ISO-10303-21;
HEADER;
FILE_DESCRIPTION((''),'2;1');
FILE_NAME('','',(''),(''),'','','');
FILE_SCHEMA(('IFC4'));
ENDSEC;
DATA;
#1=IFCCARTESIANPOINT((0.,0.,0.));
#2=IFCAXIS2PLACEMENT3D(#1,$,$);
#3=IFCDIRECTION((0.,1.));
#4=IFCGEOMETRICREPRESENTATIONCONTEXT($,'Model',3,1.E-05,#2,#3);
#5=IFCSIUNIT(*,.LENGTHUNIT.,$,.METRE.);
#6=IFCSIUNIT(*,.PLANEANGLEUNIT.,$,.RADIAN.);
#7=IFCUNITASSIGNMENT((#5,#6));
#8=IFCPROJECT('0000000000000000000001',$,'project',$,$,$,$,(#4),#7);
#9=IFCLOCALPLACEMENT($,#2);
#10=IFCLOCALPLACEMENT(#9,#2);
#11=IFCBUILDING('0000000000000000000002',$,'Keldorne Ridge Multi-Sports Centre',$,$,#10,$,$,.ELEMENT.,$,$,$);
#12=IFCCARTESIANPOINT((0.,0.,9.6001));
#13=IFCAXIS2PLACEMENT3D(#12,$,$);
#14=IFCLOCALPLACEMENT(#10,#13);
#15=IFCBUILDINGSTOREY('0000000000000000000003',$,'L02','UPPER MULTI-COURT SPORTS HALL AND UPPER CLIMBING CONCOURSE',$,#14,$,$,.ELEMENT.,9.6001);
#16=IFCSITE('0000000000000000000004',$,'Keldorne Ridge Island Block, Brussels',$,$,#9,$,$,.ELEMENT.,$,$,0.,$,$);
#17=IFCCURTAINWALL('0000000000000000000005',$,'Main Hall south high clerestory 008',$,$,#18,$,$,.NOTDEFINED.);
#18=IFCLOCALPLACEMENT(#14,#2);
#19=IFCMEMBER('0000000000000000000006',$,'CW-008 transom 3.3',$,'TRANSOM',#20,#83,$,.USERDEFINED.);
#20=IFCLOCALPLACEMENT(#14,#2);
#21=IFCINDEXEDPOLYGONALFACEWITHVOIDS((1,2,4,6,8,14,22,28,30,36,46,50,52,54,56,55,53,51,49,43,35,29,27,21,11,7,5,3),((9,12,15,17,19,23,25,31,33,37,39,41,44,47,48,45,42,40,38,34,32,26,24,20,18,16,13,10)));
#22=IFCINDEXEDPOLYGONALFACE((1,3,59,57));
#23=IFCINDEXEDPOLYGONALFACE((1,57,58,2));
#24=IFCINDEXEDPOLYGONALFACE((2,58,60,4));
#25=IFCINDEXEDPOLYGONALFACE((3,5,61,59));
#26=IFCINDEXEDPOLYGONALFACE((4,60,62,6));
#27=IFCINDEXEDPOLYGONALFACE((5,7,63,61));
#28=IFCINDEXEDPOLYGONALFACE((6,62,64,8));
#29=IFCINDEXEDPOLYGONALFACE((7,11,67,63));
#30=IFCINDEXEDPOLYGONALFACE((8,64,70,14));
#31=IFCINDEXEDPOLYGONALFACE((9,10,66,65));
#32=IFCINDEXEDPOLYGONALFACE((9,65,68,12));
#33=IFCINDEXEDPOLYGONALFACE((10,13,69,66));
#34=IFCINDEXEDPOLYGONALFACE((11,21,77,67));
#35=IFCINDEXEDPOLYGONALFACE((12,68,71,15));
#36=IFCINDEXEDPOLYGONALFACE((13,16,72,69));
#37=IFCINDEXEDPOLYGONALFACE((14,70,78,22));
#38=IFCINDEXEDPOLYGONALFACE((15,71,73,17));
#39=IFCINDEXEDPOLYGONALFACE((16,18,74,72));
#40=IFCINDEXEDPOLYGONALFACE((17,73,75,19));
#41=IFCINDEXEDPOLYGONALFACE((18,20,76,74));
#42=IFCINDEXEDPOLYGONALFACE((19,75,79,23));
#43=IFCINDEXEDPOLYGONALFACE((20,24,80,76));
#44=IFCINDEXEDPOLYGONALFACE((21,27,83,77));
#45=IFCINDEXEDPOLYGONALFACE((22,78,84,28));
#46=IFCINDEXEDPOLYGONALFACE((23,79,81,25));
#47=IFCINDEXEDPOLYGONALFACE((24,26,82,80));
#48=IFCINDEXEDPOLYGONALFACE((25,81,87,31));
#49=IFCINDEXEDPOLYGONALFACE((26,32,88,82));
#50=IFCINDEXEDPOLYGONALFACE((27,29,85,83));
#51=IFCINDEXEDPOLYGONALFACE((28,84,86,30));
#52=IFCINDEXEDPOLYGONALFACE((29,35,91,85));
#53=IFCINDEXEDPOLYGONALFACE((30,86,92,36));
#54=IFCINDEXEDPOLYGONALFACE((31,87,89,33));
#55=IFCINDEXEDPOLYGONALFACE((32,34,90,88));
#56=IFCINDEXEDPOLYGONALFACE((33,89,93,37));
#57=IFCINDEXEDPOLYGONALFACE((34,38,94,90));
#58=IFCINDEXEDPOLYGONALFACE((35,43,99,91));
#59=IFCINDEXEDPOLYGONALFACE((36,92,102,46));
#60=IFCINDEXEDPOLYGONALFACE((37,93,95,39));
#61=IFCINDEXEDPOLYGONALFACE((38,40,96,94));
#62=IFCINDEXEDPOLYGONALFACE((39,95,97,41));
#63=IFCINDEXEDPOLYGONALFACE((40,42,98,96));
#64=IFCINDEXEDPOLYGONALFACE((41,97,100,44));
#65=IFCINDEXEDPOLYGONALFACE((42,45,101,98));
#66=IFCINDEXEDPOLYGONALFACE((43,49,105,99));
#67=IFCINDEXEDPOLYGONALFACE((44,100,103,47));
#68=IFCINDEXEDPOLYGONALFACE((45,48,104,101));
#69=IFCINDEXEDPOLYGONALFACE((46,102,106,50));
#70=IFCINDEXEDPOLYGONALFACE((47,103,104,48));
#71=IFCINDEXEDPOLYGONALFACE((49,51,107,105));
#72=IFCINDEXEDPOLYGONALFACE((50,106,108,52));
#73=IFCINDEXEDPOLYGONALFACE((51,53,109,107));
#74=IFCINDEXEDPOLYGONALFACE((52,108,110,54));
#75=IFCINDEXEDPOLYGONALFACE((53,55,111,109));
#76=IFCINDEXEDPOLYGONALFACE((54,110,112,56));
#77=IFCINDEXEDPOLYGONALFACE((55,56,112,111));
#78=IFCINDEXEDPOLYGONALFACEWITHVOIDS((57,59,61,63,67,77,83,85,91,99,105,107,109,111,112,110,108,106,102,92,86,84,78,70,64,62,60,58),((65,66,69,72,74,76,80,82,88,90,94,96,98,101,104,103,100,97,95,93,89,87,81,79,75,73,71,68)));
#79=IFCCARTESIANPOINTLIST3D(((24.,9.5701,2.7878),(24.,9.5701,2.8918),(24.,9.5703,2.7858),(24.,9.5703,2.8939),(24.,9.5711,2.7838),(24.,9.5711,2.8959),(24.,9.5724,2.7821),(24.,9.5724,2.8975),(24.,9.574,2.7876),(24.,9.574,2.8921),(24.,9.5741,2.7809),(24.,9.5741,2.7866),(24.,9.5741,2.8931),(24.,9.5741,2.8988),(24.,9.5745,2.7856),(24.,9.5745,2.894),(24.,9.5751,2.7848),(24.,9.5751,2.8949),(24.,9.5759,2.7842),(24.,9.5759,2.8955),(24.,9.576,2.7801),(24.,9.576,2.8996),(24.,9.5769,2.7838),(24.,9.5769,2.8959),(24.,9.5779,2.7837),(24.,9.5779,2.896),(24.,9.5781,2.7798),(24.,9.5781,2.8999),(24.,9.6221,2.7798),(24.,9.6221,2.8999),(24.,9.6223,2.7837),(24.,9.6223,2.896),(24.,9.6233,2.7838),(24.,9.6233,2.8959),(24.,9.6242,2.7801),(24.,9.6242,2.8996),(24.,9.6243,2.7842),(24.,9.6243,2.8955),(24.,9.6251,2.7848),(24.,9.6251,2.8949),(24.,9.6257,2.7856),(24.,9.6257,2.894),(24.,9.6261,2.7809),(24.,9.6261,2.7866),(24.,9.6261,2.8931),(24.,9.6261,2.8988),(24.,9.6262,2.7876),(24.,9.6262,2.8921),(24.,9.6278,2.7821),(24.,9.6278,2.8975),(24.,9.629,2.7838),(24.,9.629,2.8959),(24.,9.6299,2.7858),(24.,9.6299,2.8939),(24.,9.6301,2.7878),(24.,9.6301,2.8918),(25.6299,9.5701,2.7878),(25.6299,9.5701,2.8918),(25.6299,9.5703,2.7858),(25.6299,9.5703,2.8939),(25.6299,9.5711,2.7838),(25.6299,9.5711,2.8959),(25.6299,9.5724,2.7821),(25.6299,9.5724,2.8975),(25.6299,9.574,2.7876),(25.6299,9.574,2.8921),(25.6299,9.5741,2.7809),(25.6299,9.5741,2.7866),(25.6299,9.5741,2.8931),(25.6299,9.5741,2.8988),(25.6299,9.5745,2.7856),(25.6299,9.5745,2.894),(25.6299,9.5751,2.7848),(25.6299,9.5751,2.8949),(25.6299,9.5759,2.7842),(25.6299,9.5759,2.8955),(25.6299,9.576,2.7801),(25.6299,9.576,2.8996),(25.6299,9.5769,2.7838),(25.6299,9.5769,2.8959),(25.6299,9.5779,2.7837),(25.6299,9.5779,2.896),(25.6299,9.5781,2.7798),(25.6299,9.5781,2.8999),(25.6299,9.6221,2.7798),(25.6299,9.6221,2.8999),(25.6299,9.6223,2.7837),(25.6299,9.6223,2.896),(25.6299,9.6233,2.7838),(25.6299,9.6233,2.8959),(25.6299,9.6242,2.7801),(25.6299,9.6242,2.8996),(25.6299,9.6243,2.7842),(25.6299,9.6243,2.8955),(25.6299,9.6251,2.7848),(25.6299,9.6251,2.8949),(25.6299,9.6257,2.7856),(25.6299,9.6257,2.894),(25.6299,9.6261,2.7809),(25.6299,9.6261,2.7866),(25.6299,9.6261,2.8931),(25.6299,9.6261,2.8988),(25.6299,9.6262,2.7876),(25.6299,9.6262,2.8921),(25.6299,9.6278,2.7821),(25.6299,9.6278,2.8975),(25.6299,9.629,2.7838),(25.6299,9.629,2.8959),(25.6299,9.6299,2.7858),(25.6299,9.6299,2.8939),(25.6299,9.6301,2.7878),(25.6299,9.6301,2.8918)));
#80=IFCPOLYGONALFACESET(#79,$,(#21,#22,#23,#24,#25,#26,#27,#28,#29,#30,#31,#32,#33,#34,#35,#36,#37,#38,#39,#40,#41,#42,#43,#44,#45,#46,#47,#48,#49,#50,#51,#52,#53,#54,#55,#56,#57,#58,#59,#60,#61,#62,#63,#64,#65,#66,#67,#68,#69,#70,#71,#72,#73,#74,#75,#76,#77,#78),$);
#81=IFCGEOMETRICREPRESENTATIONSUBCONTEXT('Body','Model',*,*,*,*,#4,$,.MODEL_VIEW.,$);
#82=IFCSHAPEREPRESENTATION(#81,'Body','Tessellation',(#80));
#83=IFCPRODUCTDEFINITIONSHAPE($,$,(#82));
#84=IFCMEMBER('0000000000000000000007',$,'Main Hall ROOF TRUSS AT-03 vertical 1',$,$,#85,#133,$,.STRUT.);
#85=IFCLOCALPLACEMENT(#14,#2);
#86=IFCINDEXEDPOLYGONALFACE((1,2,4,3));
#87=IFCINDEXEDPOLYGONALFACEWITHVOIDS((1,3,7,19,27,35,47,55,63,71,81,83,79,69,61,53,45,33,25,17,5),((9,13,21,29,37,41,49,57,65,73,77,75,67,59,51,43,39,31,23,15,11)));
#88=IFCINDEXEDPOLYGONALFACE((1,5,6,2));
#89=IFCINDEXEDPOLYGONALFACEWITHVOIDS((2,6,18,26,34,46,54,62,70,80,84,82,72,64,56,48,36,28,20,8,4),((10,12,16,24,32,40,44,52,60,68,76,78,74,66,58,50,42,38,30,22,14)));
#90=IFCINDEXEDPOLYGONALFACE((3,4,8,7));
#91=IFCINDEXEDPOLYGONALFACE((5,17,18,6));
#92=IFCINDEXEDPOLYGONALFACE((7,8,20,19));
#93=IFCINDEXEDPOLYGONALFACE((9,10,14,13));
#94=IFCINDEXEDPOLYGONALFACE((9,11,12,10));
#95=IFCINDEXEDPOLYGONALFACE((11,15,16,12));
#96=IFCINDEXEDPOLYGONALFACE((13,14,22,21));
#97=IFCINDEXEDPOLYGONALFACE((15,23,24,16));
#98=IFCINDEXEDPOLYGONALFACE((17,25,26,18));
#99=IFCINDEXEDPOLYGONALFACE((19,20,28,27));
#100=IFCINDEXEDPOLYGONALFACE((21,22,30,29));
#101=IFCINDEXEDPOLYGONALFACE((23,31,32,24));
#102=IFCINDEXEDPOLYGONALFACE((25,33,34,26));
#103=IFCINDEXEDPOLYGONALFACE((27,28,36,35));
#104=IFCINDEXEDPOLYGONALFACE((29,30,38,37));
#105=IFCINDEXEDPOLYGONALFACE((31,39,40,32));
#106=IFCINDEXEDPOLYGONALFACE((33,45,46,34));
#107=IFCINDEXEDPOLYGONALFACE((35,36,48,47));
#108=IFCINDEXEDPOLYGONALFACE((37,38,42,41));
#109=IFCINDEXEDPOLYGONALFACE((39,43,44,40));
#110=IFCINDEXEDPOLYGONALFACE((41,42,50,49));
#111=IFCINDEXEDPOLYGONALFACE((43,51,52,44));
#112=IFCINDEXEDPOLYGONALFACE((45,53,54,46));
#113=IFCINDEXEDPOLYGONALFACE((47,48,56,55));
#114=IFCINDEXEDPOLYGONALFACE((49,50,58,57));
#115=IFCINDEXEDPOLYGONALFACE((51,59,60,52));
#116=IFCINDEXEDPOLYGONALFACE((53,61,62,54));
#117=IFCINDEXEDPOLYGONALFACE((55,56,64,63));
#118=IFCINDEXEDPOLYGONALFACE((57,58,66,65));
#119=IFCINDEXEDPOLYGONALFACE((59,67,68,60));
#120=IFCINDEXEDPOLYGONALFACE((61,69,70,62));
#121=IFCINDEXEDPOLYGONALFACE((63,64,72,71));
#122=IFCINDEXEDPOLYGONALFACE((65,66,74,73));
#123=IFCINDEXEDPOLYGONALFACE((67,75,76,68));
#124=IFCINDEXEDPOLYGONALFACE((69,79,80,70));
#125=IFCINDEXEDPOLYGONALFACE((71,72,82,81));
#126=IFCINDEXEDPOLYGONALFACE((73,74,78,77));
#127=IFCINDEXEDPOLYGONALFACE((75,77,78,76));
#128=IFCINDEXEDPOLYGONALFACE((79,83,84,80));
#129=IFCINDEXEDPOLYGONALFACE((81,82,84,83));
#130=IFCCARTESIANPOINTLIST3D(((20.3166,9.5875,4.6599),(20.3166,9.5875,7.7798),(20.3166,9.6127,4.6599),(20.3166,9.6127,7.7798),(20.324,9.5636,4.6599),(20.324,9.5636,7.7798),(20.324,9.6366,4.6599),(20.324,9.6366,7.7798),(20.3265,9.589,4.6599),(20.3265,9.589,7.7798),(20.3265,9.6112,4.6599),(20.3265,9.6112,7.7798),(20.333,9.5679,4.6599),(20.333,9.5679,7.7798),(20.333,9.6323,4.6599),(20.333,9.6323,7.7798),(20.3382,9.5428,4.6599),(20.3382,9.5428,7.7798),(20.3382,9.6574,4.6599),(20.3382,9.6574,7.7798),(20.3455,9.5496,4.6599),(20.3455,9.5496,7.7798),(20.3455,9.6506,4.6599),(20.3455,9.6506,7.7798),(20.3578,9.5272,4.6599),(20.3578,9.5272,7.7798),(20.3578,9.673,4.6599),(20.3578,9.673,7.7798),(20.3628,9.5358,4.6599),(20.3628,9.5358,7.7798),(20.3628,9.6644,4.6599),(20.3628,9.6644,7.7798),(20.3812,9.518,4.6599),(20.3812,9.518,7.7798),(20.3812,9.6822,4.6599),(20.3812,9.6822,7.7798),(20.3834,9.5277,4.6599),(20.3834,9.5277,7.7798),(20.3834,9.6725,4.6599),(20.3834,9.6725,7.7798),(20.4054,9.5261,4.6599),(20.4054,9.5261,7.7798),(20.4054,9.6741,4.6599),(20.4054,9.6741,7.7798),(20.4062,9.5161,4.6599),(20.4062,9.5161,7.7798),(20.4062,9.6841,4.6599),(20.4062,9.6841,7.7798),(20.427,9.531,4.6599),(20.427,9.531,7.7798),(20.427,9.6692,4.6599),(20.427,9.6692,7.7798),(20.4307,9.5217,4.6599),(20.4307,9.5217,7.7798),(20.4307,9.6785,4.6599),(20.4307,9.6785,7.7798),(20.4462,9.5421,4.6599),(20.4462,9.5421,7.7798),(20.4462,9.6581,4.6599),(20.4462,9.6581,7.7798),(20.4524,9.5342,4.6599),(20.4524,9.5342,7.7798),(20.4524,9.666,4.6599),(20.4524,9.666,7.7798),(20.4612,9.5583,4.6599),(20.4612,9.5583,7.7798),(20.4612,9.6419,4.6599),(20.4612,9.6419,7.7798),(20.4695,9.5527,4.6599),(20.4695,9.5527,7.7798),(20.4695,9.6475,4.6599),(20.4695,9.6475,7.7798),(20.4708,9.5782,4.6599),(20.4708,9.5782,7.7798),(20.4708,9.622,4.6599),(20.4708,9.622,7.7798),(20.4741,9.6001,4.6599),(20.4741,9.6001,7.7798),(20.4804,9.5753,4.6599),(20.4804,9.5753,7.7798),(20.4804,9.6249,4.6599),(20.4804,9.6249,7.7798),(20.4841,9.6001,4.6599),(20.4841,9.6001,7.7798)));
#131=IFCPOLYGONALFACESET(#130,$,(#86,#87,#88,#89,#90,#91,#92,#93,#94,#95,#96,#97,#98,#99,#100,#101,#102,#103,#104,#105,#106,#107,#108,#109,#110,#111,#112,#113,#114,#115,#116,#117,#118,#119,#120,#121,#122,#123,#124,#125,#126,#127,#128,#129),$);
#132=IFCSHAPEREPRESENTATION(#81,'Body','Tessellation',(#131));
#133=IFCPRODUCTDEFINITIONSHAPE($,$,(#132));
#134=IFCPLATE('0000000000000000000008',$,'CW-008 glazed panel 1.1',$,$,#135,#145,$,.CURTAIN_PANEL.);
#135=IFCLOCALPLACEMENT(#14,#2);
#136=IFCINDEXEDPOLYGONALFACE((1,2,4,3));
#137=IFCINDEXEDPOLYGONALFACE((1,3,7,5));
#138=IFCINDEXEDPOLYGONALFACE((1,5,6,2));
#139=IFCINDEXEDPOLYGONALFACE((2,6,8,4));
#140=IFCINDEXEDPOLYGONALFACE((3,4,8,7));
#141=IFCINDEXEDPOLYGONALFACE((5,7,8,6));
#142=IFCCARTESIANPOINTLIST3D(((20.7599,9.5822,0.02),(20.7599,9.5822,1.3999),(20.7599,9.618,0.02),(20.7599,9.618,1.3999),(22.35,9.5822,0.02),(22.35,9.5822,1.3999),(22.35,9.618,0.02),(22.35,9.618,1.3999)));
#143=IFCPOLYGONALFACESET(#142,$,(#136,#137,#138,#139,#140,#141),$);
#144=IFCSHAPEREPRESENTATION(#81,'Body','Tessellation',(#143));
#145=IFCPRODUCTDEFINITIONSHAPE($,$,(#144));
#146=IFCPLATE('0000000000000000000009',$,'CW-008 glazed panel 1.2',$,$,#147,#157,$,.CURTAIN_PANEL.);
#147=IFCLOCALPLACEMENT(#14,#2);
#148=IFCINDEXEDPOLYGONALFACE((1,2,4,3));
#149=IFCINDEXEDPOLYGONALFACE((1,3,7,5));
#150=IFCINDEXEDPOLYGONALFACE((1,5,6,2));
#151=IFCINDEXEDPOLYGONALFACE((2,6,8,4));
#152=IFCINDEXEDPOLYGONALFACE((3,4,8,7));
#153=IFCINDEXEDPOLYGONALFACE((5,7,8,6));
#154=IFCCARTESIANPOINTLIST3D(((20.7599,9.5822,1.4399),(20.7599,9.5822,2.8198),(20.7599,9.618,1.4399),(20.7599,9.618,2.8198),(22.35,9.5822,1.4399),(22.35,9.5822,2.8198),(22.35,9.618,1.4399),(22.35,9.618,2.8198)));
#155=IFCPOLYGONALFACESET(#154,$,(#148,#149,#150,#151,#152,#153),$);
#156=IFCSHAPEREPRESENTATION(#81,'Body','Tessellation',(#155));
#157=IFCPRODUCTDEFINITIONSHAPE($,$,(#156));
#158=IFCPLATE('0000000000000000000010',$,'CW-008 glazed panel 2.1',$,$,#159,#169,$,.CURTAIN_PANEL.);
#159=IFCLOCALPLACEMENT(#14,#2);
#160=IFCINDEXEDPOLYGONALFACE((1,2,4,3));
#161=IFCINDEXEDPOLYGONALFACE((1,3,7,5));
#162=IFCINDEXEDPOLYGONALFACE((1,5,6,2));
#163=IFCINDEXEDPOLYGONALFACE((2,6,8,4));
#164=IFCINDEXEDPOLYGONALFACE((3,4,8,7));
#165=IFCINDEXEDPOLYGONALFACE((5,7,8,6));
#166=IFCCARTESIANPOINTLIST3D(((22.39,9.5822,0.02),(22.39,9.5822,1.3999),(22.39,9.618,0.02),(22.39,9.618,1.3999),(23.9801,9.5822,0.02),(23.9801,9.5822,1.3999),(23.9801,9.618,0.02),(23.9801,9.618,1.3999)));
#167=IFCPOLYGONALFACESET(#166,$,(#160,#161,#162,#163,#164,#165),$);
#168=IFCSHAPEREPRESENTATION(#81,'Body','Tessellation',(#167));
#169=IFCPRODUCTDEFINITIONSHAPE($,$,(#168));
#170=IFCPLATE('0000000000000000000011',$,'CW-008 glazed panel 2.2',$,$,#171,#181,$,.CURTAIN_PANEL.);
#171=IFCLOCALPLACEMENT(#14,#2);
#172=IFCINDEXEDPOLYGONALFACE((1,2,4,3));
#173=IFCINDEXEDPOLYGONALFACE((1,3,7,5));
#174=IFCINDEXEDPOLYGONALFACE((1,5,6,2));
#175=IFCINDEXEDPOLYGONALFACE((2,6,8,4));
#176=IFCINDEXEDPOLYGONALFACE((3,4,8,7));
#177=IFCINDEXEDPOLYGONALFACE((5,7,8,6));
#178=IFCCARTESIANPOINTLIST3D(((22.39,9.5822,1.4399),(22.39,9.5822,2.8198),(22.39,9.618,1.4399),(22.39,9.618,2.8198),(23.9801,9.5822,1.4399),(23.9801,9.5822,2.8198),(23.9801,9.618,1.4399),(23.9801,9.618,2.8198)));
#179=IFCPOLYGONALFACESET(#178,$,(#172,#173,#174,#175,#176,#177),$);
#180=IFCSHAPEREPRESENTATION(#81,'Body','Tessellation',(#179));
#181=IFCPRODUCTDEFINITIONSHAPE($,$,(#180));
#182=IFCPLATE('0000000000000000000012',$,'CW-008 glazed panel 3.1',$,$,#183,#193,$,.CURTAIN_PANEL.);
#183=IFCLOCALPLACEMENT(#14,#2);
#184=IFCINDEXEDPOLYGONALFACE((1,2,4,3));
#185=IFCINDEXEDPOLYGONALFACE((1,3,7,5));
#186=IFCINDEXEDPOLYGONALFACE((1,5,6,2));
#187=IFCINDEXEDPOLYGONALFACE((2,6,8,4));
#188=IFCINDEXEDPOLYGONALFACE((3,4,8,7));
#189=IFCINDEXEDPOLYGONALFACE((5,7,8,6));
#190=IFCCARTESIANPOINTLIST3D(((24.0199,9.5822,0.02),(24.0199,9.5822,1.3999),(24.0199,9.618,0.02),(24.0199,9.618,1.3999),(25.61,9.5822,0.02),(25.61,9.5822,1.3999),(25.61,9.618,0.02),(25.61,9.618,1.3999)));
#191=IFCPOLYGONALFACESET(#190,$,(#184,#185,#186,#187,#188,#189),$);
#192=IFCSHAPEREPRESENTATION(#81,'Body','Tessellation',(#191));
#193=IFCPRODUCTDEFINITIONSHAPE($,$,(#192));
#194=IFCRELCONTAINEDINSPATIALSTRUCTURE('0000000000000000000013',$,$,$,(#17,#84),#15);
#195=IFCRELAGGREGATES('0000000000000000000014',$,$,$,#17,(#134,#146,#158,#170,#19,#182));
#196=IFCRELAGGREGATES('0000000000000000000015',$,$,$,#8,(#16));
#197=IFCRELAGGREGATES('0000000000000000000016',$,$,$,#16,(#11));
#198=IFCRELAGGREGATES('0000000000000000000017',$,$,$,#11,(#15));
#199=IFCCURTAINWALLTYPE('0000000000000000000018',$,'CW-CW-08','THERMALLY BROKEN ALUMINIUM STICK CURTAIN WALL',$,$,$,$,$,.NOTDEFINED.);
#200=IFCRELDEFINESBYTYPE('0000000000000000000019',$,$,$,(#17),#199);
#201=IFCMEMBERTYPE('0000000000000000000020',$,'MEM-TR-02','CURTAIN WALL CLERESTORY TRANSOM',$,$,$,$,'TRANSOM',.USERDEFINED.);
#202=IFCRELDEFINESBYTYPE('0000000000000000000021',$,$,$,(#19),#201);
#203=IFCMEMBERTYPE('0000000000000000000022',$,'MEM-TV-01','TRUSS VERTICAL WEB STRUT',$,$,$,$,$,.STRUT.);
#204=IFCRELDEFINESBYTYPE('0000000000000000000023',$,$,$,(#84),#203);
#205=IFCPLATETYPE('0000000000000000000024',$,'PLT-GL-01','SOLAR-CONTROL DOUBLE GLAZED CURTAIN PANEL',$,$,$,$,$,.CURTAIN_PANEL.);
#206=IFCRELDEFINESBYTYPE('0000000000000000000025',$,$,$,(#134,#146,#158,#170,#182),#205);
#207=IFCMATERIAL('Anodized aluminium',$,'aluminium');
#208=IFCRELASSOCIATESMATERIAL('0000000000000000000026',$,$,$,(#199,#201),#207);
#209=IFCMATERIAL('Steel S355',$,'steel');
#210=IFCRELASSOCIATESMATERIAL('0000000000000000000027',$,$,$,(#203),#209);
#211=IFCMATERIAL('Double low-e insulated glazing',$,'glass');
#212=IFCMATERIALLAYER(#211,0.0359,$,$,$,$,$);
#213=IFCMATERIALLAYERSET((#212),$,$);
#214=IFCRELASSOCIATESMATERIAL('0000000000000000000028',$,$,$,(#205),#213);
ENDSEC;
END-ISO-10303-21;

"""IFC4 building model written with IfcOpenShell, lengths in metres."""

from ifc_helpers import new_model, si_unit, direction, frame, origin, origin_2d, place, context, subcontext, project, spatial, rectangle, hollow_rectangle, hollow_circle, extrude, material, layer, layer_set, material_profile, profile_set, type_object, element, aggregate, save


model = new_model("IFC4")

# Units and contexts
model_context = context("Model", 3, precision=1e-05, world=origin(), true_north=direction((0.0, 1.0)))
body_context = subcontext(model_context, "Body", "Model", "MODEL_VIEW")
ifc_project = project(units=[si_unit("LENGTHUNIT", "METRE"), si_unit("PLANEANGLEUNIT", "RADIAN")], contexts=[model_context])

# Site, building, storey
site_placement = place(None, origin())
site = spatial("IfcSite", under=ifc_project, at=site_placement, Name="Keldorne Ridge Island Block, Brussels", CompositionType="ELEMENT", RefElevation=0.0)
building_placement = place(site_placement, origin())
building = spatial("IfcBuilding", under=site, at=building_placement, Name="Keldorne Ridge Multi-Sports Centre", CompositionType="ELEMENT")
storey_placement = place(building_placement, frame((0.0, 0.0, 9.6001)))
storey = spatial("IfcBuildingStorey", under=building, at=storey_placement, Name="L02", Description="UPPER MULTI-COURT SPORTS HALL AND UPPER CLIMBING CONCOURSE", CompositionType="ELEMENT", Elevation=9.6001)

# Shared definitions
ifc_material_1 = material(Name="Steel S355", Category="steel")

# Curtain wall
ifc_material_2 = material(Name="Anodized aluminium", Category="aluminium")
curtain_wall_type = type_object("IfcCurtainWallType", Name="CW-CW-08", Description="THERMALLY BROKEN ALUMINIUM STICK CURTAIN WALL", PredefinedType="NOTDEFINED", material=ifc_material_2)
curtain_wall_placement = place(storey_placement, origin())
curtain_wall = element("IfcCurtainWall", 1, at=curtain_wall_placement, inside=storey, type_object=curtain_wall_type, Name="Main Hall south high clerestory 008", PredefinedType="NOTDEFINED")

# Members
ifc_material_profile_1 = material_profile(ifc_material_2, hollow_rectangle(XDim=0.0601, YDim=0.1201, WallThickness=0.0039, InnerFilletRadius=0.0039, OuterFilletRadius=0.0081, at=origin_2d()), Name="ALU TRANSOM 120x60x4")
ifc_profile_set_1 = profile_set([ifc_material_profile_1], Name="Anodized aluminium")
member_type_1 = type_object("IfcMemberType", Name="MEM-TR-02", Description="CURTAIN WALL CLERESTORY TRANSOM", ElementType="TRANSOM", PredefinedType="USERDEFINED", material=ifc_profile_set_1)
member_1_placement = place(storey_placement, frame((24.0, 9.6001, 2.8398), z_axis=(1.0, 0.0, 0.0), x_axis=(0.0, 1.0, 0.0)))
member_1 = element("IfcMember", 2, at=member_1_placement, type_object=member_type_1, Name="CW-008 transom 3.3", ObjectType="TRANSOM", PredefinedType="USERDEFINED", context=body_context, shape_type="SweptSolid", body=[
    extrude(hollow_rectangle(XDim=0.0601, YDim=0.1201, WallThickness=0.0039, InnerFilletRadius=0.0039, OuterFilletRadius=0.0081, at=origin_2d()), origin(), (0.0, 0.0, 1.0), 1.6299),
])
ifc_material_profile_2 = material_profile(ifc_material_1, hollow_circle(Radius=0.0842, WallThickness=0.01, at=origin_2d()), Name="CHS 168.3x10")
ifc_profile_set_2 = profile_set([ifc_material_profile_2], Name="Steel S355")
member_type_2 = type_object("IfcMemberType", Name="MEM-TV-01", Description="TRUSS VERTICAL WEB STRUT", PredefinedType="STRUT", material=ifc_profile_set_2)
member_2_placement = place(storey_placement, frame((20.3999, 9.6001, 4.6599), z_axis=(0.0, 0.0, 1.0), x_axis=(1.0, 0.0, 0.0)))
element("IfcMember", 3, at=member_2_placement, inside=storey, type_object=member_type_2, Name="Main Hall ROOF TRUSS AT-03 vertical 1", PredefinedType="STRUT", context=body_context, shape_type="SweptSolid", body=[
    extrude(hollow_circle(Radius=0.0842, WallThickness=0.01, at=origin_2d()), origin(), (0.0, 0.0, 1.0), 3.1199),
])

# Plates
ifc_material_3 = material(Name="Double low-e insulated glazing", Category="glass")
ifc_layer_1 = layer(ifc_material_3, 0.0359)
ifc_layer_set_1 = layer_set([ifc_layer_1])
plate_type_1 = type_object("IfcPlateType", Name="PLT-GL-01", Description="SOLAR-CONTROL DOUBLE GLAZED CURTAIN PANEL", PredefinedType="CURTAIN_PANEL", material=ifc_layer_set_1)
plate_1_placement = place(storey_placement, frame((21.5549, 9.6001, 0.02), z_axis=(0.0, 0.0, 1.0), x_axis=(1.0, 0.0, 0.0)))
plate_1 = element("IfcPlate", 4, at=plate_1_placement, type_object=plate_type_1, Name="CW-008 glazed panel 1.1", PredefinedType="CURTAIN_PANEL", context=body_context, shape_type="SweptSolid", body=[
    extrude(rectangle(XDim=1.5901, YDim=0.0359, at=origin_2d()), origin(), (0.0, 0.0, 1.0), 1.3799),
])
plate_2_placement = place(storey_placement, frame((21.5549, 9.6001, 1.4399), z_axis=(0.0, 0.0, 1.0), x_axis=(1.0, 0.0, 0.0)))
plate_2 = element("IfcPlate", 5, at=plate_2_placement, type_object=plate_type_1, Name="CW-008 glazed panel 1.2", PredefinedType="CURTAIN_PANEL", context=body_context, shape_type="SweptSolid", body=[
    extrude(rectangle(XDim=1.5901, YDim=0.0359, at=origin_2d()), origin(), (0.0, 0.0, 1.0), 1.3799),
])
plate_3_placement = place(storey_placement, frame((23.1851, 9.6001, 0.02), z_axis=(0.0, 0.0, 1.0), x_axis=(1.0, 0.0, 0.0)))
plate_3 = element("IfcPlate", 6, at=plate_3_placement, type_object=plate_type_1, Name="CW-008 glazed panel 2.1", PredefinedType="CURTAIN_PANEL", context=body_context, shape_type="SweptSolid", body=[
    extrude(rectangle(XDim=1.5901, YDim=0.0359, at=origin_2d()), origin(), (0.0, 0.0, 1.0), 1.3799),
])
plate_4_placement = place(storey_placement, frame((23.1851, 9.6001, 1.4399), z_axis=(0.0, 0.0, 1.0), x_axis=(1.0, 0.0, 0.0)))
plate_4 = element("IfcPlate", 7, at=plate_4_placement, type_object=plate_type_1, Name="CW-008 glazed panel 2.2", PredefinedType="CURTAIN_PANEL", context=body_context, shape_type="SweptSolid", body=[
    extrude(rectangle(XDim=1.5901, YDim=0.0359, at=origin_2d()), origin(), (0.0, 0.0, 1.0), 1.3799),
])
plate_5_placement = place(storey_placement, frame((24.8149, 9.6001, 0.02), z_axis=(0.0, 0.0, 1.0), x_axis=(1.0, 0.0, 0.0)))
plate_5 = element("IfcPlate", 8, at=plate_5_placement, type_object=plate_type_1, Name="CW-008 glazed panel 3.1", PredefinedType="CURTAIN_PANEL", context=body_context, shape_type="SweptSolid", body=[
    extrude(rectangle(XDim=1.5901, YDim=0.0359, at=origin_2d()), origin(), (0.0, 0.0, 1.0), 1.3799),
])
aggregate(curtain_wall, [plate_1, plate_2, plate_3, plate_4, member_1, plate_5])

save(model, "model.ifc")
